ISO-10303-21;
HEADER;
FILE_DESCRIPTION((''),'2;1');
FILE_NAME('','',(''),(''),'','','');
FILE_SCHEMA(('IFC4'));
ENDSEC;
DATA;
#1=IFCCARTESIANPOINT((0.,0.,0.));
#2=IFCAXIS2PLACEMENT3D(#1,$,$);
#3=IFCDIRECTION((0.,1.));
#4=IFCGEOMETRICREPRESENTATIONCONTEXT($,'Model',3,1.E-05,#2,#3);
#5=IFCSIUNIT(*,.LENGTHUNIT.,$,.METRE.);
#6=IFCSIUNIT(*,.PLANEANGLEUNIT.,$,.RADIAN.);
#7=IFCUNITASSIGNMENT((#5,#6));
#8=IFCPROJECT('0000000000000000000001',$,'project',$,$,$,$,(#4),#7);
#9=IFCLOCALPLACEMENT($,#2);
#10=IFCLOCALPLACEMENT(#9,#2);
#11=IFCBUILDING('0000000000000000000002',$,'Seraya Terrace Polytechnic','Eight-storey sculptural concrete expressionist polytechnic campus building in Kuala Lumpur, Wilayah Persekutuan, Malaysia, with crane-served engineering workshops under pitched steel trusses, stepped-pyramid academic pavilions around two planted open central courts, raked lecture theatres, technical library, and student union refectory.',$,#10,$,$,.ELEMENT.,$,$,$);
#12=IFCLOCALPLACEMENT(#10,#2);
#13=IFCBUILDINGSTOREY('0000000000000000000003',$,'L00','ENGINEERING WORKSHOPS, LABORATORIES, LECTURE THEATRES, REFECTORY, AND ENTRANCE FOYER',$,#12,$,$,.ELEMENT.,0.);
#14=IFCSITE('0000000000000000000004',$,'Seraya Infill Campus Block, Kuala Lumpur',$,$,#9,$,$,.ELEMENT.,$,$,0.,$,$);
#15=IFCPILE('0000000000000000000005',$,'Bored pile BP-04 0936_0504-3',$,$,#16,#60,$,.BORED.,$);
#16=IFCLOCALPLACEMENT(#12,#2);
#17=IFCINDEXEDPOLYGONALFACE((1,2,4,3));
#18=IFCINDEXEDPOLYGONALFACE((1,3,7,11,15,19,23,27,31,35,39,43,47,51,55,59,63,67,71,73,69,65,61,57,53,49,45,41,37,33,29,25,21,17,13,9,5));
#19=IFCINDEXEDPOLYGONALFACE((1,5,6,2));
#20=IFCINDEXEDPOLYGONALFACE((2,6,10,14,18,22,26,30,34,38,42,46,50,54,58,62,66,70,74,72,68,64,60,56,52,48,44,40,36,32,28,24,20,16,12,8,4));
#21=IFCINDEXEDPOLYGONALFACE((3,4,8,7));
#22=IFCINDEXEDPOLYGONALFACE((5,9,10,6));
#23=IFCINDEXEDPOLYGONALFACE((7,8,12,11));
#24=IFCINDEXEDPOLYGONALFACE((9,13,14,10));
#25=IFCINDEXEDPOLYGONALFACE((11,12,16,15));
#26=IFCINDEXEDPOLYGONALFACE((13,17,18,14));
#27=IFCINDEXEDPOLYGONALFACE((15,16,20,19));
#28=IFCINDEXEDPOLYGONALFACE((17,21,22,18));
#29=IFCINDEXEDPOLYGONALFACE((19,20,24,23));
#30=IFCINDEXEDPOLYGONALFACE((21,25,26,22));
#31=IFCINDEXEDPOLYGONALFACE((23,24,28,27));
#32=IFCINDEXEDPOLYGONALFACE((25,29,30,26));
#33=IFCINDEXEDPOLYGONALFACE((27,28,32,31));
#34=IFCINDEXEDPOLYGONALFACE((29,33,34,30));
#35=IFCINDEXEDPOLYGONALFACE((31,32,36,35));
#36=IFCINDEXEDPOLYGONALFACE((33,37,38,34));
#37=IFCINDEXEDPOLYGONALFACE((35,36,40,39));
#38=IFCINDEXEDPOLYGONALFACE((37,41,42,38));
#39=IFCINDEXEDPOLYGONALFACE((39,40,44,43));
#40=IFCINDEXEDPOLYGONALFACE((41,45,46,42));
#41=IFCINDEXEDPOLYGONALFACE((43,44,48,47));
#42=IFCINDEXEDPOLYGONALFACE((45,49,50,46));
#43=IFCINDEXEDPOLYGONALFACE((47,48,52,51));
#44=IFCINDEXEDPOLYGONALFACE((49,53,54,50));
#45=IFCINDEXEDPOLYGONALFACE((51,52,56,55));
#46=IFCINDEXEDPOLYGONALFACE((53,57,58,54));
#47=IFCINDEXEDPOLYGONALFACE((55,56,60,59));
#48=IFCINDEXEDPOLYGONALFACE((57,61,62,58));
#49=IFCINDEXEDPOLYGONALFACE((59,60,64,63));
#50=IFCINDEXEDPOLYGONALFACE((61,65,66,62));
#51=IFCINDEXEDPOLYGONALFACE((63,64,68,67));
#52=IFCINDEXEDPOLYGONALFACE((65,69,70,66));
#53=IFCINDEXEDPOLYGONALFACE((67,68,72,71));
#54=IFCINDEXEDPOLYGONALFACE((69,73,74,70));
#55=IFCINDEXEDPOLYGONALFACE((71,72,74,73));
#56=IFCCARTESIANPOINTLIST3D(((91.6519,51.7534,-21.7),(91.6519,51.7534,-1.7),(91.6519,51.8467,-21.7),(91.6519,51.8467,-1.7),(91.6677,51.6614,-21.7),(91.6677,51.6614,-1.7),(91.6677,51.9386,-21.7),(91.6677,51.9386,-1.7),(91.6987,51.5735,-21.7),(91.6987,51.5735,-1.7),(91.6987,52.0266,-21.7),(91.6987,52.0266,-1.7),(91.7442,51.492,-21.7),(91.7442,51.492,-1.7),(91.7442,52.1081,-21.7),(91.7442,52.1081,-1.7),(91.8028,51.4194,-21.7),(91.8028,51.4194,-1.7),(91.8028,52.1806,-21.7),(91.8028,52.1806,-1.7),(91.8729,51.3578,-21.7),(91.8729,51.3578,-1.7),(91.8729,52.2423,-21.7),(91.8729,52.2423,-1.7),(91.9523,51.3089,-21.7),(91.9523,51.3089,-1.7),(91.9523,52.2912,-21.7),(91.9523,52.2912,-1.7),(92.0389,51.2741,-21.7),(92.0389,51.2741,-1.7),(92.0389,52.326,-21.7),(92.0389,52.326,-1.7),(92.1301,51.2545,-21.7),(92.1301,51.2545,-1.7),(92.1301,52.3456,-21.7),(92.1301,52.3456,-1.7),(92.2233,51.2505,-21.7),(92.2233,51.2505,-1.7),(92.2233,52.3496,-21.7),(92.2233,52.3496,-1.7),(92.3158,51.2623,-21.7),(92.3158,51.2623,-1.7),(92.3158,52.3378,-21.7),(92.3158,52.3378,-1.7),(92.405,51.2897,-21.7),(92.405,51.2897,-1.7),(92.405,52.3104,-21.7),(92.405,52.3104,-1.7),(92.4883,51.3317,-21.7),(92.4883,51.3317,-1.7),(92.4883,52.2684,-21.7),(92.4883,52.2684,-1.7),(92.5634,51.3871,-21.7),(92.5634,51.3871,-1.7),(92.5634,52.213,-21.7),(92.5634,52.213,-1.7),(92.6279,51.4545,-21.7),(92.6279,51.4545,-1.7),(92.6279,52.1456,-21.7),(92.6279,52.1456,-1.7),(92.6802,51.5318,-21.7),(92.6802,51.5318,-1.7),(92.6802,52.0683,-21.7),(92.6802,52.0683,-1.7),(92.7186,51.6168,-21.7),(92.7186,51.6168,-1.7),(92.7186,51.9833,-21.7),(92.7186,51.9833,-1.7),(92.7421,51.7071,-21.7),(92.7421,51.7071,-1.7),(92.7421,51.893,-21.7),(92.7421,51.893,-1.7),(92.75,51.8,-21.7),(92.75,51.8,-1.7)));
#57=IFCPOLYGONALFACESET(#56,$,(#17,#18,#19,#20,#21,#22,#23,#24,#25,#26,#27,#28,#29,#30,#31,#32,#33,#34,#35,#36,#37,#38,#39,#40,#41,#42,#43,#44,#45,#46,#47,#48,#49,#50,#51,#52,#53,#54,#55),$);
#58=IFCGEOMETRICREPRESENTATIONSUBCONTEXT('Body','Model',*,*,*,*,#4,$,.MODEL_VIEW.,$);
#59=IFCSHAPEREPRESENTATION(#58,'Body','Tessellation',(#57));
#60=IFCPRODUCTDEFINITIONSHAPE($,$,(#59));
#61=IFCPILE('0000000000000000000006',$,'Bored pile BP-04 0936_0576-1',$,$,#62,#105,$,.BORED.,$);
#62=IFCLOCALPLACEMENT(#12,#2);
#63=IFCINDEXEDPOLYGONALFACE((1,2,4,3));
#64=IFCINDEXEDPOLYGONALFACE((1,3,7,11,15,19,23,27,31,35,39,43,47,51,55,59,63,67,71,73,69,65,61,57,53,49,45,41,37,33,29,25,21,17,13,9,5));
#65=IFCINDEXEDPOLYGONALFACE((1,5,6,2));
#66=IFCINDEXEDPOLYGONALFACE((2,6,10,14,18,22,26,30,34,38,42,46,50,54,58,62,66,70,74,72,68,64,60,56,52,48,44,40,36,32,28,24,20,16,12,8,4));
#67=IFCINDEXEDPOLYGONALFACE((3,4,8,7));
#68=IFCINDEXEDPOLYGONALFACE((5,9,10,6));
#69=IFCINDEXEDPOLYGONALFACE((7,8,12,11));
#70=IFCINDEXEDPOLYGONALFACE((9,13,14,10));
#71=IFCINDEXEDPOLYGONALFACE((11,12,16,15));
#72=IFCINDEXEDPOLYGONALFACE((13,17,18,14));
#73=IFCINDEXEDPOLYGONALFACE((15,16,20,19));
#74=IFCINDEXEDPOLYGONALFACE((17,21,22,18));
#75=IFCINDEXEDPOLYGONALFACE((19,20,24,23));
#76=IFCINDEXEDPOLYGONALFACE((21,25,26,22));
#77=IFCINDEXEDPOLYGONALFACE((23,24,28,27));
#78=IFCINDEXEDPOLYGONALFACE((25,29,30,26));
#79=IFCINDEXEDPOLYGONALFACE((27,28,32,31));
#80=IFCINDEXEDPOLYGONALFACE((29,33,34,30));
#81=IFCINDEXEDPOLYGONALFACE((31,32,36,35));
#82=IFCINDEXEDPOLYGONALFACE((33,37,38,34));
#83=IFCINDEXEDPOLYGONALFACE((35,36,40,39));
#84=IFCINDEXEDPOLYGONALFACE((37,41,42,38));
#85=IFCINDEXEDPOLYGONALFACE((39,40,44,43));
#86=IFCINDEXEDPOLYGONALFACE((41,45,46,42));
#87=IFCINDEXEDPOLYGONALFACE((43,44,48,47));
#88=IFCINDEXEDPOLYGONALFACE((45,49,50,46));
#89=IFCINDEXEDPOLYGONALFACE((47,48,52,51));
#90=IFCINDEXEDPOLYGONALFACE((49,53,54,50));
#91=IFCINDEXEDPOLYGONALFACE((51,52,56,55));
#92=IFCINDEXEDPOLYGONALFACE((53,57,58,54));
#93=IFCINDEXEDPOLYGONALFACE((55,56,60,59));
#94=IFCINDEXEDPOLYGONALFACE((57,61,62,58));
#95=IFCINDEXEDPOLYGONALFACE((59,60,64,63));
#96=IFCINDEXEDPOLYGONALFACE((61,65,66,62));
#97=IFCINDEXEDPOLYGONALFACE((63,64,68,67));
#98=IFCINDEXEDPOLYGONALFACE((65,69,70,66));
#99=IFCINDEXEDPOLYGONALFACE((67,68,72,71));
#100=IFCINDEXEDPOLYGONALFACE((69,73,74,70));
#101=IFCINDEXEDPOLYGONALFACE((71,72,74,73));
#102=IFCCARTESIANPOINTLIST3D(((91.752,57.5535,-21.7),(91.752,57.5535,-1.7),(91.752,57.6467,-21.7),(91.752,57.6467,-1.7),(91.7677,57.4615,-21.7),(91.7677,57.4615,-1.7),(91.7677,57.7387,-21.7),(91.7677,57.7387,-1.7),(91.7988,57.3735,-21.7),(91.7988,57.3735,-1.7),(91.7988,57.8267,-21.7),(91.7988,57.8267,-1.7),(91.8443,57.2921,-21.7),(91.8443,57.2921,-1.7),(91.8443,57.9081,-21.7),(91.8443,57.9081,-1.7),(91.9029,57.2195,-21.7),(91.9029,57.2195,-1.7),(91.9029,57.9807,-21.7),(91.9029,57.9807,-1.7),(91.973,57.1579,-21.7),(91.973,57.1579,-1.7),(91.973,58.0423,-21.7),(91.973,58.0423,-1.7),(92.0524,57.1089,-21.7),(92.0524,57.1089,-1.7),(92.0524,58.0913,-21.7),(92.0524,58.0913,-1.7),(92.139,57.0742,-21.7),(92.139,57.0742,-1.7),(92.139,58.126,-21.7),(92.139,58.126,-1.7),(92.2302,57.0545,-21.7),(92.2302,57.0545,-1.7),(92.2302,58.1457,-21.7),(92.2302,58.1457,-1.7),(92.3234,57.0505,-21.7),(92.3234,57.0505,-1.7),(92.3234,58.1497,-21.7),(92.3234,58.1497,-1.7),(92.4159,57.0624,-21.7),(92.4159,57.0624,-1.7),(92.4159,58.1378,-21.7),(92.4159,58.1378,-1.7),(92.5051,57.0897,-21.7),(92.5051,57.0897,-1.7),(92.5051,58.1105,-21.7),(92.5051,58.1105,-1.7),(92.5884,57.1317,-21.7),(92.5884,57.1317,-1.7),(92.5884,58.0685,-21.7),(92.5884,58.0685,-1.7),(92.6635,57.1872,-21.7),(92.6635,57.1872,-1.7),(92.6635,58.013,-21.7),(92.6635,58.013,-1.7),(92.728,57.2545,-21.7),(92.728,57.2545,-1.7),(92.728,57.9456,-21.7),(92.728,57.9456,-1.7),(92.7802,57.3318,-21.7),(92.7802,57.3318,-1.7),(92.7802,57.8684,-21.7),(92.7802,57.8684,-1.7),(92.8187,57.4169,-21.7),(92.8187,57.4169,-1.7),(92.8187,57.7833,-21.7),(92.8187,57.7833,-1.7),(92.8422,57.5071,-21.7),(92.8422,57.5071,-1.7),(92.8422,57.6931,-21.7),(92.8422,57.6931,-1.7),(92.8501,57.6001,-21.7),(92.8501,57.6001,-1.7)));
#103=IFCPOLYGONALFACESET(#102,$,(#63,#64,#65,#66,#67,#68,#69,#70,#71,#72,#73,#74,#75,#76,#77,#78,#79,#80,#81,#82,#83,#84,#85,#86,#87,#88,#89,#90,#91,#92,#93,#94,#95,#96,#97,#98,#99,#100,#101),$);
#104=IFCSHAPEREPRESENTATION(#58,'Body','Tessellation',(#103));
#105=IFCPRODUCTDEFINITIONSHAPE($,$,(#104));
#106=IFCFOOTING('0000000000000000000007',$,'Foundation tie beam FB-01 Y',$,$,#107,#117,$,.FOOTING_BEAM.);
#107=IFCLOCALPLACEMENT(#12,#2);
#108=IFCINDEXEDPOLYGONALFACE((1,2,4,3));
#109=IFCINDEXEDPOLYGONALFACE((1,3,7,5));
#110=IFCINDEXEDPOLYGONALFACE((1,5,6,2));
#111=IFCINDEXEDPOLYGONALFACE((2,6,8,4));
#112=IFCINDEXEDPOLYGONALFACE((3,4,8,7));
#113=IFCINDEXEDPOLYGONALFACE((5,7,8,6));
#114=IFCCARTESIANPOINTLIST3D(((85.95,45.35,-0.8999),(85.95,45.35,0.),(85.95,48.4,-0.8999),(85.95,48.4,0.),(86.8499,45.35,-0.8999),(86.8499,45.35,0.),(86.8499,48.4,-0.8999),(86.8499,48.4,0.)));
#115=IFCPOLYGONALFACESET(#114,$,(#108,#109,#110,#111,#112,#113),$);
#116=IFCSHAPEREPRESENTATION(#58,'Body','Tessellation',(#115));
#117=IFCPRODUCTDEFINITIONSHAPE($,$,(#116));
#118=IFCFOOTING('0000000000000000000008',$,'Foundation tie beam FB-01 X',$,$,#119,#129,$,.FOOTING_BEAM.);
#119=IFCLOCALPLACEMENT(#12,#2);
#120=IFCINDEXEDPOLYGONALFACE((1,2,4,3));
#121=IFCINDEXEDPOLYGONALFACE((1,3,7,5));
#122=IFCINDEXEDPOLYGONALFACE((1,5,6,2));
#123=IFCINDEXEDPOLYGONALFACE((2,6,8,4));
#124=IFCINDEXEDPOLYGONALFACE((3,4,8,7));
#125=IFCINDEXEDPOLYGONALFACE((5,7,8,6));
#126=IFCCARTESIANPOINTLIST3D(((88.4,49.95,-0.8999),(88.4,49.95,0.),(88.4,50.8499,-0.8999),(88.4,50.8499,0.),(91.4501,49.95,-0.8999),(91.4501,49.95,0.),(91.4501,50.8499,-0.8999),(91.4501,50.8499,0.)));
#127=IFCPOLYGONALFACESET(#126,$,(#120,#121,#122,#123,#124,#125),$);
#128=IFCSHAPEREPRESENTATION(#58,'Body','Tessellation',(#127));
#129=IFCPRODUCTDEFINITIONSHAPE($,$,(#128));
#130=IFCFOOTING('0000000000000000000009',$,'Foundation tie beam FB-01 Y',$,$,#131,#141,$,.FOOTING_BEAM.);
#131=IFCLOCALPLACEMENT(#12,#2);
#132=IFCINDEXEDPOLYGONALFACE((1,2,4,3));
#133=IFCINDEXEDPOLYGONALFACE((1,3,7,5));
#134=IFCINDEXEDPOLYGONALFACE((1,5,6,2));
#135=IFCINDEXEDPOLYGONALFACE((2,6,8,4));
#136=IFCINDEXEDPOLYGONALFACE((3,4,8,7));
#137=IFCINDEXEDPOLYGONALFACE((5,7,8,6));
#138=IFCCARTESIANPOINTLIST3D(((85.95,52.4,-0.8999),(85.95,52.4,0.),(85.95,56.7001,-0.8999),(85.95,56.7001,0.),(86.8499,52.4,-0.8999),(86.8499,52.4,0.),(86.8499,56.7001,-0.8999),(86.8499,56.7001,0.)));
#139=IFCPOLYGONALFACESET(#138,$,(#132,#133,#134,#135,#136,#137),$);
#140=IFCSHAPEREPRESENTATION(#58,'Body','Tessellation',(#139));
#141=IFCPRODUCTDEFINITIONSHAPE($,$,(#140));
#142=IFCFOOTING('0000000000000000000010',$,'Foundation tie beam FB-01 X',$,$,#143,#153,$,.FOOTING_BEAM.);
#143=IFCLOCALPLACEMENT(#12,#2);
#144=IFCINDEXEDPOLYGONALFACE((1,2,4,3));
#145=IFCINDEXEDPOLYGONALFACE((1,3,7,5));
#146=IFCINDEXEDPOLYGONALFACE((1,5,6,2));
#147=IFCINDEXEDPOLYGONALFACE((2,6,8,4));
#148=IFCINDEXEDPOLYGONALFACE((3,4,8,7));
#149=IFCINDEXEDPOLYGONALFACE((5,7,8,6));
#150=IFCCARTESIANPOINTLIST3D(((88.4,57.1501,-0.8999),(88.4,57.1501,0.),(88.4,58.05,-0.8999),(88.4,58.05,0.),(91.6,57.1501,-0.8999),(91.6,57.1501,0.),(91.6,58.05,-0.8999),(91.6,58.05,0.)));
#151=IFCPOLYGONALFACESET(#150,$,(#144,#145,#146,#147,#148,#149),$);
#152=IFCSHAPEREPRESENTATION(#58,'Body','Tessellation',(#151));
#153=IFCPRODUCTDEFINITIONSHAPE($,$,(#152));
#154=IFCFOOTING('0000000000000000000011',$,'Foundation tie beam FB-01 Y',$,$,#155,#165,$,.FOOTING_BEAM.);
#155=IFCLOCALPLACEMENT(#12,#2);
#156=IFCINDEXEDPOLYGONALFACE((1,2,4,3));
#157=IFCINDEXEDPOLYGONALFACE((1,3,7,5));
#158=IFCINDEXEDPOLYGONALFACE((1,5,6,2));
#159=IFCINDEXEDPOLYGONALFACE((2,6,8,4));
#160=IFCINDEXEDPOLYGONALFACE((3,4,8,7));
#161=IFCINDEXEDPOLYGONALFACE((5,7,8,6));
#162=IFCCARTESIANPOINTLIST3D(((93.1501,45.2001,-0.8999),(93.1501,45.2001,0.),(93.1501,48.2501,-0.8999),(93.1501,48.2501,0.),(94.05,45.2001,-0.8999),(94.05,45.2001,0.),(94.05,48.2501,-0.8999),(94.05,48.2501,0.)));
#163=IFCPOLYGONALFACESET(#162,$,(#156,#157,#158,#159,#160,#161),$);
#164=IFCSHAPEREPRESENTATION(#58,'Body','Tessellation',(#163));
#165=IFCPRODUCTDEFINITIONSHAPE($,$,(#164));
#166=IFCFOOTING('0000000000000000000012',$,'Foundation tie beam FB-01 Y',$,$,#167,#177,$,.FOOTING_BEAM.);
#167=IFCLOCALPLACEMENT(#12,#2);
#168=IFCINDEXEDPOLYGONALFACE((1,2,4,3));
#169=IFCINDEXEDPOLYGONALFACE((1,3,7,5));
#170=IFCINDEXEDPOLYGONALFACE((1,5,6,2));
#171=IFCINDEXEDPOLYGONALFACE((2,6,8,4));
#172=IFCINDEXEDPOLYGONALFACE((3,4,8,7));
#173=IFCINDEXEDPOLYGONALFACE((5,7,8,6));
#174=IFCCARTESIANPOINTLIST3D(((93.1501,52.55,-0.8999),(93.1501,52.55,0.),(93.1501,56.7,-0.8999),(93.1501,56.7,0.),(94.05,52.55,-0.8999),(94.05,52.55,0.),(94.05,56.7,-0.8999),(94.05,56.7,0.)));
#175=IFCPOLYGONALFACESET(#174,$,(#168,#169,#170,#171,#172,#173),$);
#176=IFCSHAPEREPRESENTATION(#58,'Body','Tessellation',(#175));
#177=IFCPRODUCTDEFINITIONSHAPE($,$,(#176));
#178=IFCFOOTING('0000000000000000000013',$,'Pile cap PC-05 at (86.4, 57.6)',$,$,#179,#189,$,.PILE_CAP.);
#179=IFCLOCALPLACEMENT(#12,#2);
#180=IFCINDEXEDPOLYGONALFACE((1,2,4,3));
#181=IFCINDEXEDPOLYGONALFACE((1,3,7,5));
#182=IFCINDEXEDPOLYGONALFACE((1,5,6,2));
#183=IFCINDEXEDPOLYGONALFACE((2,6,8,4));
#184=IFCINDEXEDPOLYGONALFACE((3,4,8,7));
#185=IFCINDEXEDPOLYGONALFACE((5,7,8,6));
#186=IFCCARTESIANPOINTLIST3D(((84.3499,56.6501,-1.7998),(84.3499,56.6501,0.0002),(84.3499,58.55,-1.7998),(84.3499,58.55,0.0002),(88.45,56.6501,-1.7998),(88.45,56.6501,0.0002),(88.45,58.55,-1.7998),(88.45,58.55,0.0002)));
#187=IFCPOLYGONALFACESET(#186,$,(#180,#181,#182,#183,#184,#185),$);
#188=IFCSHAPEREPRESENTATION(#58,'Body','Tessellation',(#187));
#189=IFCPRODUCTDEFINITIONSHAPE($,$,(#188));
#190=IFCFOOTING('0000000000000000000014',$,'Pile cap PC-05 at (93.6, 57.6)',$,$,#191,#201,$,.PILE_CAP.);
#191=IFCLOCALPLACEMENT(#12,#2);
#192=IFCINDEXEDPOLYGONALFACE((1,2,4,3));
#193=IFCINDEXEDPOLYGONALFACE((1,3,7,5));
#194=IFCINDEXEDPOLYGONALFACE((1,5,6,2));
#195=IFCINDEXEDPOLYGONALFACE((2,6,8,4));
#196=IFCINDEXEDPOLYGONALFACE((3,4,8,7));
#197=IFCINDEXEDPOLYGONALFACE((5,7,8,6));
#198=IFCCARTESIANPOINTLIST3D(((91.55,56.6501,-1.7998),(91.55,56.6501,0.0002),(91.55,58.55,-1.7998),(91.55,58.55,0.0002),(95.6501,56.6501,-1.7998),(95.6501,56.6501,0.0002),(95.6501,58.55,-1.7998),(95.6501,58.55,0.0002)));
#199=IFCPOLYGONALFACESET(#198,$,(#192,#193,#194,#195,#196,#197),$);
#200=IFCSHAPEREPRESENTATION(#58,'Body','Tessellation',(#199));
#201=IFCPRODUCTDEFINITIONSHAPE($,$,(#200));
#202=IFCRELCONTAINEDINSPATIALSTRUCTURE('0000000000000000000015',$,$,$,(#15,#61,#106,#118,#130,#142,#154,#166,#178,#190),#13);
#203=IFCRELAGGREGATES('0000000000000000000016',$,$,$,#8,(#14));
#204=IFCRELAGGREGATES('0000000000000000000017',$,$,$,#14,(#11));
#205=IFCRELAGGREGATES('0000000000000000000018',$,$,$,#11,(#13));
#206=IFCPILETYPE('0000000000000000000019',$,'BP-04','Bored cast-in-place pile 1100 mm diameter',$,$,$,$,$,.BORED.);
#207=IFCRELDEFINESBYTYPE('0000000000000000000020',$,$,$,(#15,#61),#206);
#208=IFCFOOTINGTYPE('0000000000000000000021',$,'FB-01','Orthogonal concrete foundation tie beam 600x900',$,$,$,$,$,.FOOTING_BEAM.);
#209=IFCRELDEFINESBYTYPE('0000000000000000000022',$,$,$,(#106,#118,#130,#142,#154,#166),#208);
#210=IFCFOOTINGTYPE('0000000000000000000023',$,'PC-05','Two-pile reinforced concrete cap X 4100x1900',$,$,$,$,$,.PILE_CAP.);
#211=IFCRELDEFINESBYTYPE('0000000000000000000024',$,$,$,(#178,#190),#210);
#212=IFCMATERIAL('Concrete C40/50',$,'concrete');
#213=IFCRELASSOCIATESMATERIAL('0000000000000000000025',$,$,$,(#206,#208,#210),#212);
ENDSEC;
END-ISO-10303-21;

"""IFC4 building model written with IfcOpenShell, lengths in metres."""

from ifc_helpers import new_model, si_unit, direction, frame, origin, origin_2d, place, context, subcontext, project, spatial, rectangle, circle, extrude, material, material_profile, profile_set, type_object, element, save


model = new_model("IFC4")

# Units and contexts
model_context = context("Model", 3, precision=1e-05, world=origin(), true_north=direction((0.0, 1.0)))
body_context = subcontext(model_context, "Body", "Model", "MODEL_VIEW")
ifc_project = project(units=[si_unit("LENGTHUNIT", "METRE"), si_unit("PLANEANGLEUNIT", "RADIAN")], contexts=[model_context])

# Site, building, storey
site_placement = place(None, origin())
site = spatial("IfcSite", under=ifc_project, at=site_placement, Name="Seraya Infill Campus Block, Kuala Lumpur", CompositionType="ELEMENT", RefElevation=0.0)
building_placement = place(site_placement, origin())
building = spatial("IfcBuilding", under=site, at=building_placement, Name="Seraya Terrace Polytechnic", Description="Eight-storey sculptural concrete expressionist polytechnic campus building in Kuala Lumpur, Wilayah Persekutuan, Malaysia, with crane-served engineering workshops under pitched steel trusses, stepped-pyramid academic pavilions around two planted open central courts, raked lecture theatres, technical library, and student union refectory.", CompositionType="ELEMENT")
storey_placement = place(building_placement, origin())
storey = spatial("IfcBuildingStorey", under=building, at=storey_placement, Name="L00", Description="ENGINEERING WORKSHOPS, LABORATORIES, LECTURE THEATRES, REFECTORY, AND ENTRANCE FOYER", CompositionType="ELEMENT", Elevation=0.0)

# Piles
ifc_material_1 = material(Name="Concrete C40/50", Category="concrete")
ifc_material_profile_1 = material_profile(ifc_material_1, circle(Radius=0.55, at=origin_2d()), Name="DIA 1100")
ifc_profile_set_1 = profile_set([ifc_material_profile_1], Name="Concrete C40/50")
pile_type_1 = type_object("IfcPileType", Name="BP-04", Description="Bored cast-in-place pile 1100 mm diameter", PredefinedType="BORED", material=ifc_profile_set_1)
for number, where, z_axis, x_axis, name in (
    (1, (92.2, 51.8, -1.7), (0.0, 0.0, -1.0), (1.0, 0.0, 0.0), "Bored pile BP-04 0936_0504-3"),
    (2, (92.3, 57.6001, -1.7), (0.0, 0.0, -1.0), (1.0, 0.0, 0.0), "Bored pile BP-04 0936_0576-1"),
):
    element("IfcPile", number, at=place(storey_placement, frame(where, z_axis=z_axis, x_axis=x_axis)), inside=storey, type_object=pile_type_1, Name=name, PredefinedType="BORED", context=body_context, shape_type="SweptSolid", body=[
        extrude(circle(Radius=0.55, at=origin_2d()), origin(), (0.0, 0.0, 1.0), 20.0),
    ])

# Footings
footing_type_1 = type_object("IfcFootingType", Name="FB-01", Description="Orthogonal concrete foundation tie beam 600x900", PredefinedType="FOOTING_BEAM", material=ifc_material_1)
for number, where, z_axis, x_axis, name in (
    (3, (86.3999, 46.875, -0.8999), (0.0, 0.0, 1.0), (0.0, 1.0, 0.0), "Foundation tie beam FB-01 Y"),
    (4, (89.925, 50.3999, -0.8999), (0.0, 0.0, 1.0), (1.0, 0.0, 0.0), "Foundation tie beam FB-01 X"),
):
    element("IfcFooting", number, at=place(storey_placement, frame(where, z_axis=z_axis, x_axis=x_axis)), inside=storey, type_object=footing_type_1, Name=name, PredefinedType="FOOTING_BEAM", context=body_context, shape_type="SweptSolid", body=[
        extrude(rectangle(XDim=3.05, YDim=0.8999, at=origin_2d()), origin(), (0.0, 0.0, 1.0), 0.8999),
    ])
footing_1_placement = place(storey_placement, frame((86.3999, 54.55, -0.8999), z_axis=(0.0, 0.0, 1.0), x_axis=(0.0, 1.0, 0.0)))
element("IfcFooting", 5, at=footing_1_placement, inside=storey, type_object=footing_type_1, Name="Foundation tie beam FB-01 Y", PredefinedType="FOOTING_BEAM", context=body_context, shape_type="SweptSolid", body=[
    extrude(rectangle(XDim=4.3, YDim=0.8999, at=origin_2d()), origin(), (0.0, 0.0, 1.0), 0.8999),
])
footing_2_placement = place(storey_placement, frame((90.0, 57.6001, -0.8999), z_axis=(0.0, 0.0, 1.0), x_axis=(1.0, 0.0, 0.0)))
element("IfcFooting", 6, at=footing_2_placement, inside=storey, type_object=footing_type_1, Name="Foundation tie beam FB-01 X", PredefinedType="FOOTING_BEAM", context=body_context, shape_type="SweptSolid", body=[
    extrude(rectangle(XDim=3.2, YDim=0.8999, at=origin_2d()), origin(), (0.0, 0.0, 1.0), 0.8999),
])
footing_3_placement = place(storey_placement, frame((93.6001, 46.7251, -0.8999), z_axis=(0.0, 0.0, 1.0), x_axis=(0.0, 1.0, 0.0)))
element("IfcFooting", 7, at=footing_3_placement, inside=storey, type_object=footing_type_1, Name="Foundation tie beam FB-01 Y", PredefinedType="FOOTING_BEAM", context=body_context, shape_type="SweptSolid", body=[
    extrude(rectangle(XDim=3.05, YDim=0.8999, at=origin_2d()), origin(), (0.0, 0.0, 1.0), 0.8999),
])
footing_4_placement = place(storey_placement, frame((93.6001, 54.625, -0.8999), z_axis=(0.0, 0.0, 1.0), x_axis=(0.0, 1.0, 0.0)))
element("IfcFooting", 8, at=footing_4_placement, inside=storey, type_object=footing_type_1, Name="Foundation tie beam FB-01 Y", PredefinedType="FOOTING_BEAM", context=body_context, shape_type="SweptSolid", body=[
    extrude(rectangle(XDim=4.1499, YDim=0.8999, at=origin_2d()), origin(), (0.0, 0.0, 1.0), 0.8999),
])
footing_type_2 = type_object("IfcFootingType", Name="PC-05", Description="Two-pile reinforced concrete cap X 4100x1900", PredefinedType="PILE_CAP", material=ifc_material_1)
for number, where, z_axis, x_axis, name in (
    (9, (86.3999, 57.6001, -1.7998), (0.0, 0.0, 1.0), (1.0, 0.0, 0.0), "Pile cap PC-05 at (86.4, 57.6)"),
    (10, (93.6001, 57.6001, -1.7998), (0.0, 0.0, 1.0), (1.0, 0.0, 0.0), "Pile cap PC-05 at (93.6, 57.6)"),
):
    element("IfcFooting", number, at=place(storey_placement, frame(where, z_axis=z_axis, x_axis=x_axis)), inside=storey, type_object=footing_type_2, Name=name, PredefinedType="PILE_CAP", context=body_context, shape_type="SweptSolid", body=[
        extrude(rectangle(XDim=4.1001, YDim=1.8999, at=origin_2d()), origin(), (0.0, 0.0, 1.0), 1.8),
    ])

save(model, "model.ifc")
